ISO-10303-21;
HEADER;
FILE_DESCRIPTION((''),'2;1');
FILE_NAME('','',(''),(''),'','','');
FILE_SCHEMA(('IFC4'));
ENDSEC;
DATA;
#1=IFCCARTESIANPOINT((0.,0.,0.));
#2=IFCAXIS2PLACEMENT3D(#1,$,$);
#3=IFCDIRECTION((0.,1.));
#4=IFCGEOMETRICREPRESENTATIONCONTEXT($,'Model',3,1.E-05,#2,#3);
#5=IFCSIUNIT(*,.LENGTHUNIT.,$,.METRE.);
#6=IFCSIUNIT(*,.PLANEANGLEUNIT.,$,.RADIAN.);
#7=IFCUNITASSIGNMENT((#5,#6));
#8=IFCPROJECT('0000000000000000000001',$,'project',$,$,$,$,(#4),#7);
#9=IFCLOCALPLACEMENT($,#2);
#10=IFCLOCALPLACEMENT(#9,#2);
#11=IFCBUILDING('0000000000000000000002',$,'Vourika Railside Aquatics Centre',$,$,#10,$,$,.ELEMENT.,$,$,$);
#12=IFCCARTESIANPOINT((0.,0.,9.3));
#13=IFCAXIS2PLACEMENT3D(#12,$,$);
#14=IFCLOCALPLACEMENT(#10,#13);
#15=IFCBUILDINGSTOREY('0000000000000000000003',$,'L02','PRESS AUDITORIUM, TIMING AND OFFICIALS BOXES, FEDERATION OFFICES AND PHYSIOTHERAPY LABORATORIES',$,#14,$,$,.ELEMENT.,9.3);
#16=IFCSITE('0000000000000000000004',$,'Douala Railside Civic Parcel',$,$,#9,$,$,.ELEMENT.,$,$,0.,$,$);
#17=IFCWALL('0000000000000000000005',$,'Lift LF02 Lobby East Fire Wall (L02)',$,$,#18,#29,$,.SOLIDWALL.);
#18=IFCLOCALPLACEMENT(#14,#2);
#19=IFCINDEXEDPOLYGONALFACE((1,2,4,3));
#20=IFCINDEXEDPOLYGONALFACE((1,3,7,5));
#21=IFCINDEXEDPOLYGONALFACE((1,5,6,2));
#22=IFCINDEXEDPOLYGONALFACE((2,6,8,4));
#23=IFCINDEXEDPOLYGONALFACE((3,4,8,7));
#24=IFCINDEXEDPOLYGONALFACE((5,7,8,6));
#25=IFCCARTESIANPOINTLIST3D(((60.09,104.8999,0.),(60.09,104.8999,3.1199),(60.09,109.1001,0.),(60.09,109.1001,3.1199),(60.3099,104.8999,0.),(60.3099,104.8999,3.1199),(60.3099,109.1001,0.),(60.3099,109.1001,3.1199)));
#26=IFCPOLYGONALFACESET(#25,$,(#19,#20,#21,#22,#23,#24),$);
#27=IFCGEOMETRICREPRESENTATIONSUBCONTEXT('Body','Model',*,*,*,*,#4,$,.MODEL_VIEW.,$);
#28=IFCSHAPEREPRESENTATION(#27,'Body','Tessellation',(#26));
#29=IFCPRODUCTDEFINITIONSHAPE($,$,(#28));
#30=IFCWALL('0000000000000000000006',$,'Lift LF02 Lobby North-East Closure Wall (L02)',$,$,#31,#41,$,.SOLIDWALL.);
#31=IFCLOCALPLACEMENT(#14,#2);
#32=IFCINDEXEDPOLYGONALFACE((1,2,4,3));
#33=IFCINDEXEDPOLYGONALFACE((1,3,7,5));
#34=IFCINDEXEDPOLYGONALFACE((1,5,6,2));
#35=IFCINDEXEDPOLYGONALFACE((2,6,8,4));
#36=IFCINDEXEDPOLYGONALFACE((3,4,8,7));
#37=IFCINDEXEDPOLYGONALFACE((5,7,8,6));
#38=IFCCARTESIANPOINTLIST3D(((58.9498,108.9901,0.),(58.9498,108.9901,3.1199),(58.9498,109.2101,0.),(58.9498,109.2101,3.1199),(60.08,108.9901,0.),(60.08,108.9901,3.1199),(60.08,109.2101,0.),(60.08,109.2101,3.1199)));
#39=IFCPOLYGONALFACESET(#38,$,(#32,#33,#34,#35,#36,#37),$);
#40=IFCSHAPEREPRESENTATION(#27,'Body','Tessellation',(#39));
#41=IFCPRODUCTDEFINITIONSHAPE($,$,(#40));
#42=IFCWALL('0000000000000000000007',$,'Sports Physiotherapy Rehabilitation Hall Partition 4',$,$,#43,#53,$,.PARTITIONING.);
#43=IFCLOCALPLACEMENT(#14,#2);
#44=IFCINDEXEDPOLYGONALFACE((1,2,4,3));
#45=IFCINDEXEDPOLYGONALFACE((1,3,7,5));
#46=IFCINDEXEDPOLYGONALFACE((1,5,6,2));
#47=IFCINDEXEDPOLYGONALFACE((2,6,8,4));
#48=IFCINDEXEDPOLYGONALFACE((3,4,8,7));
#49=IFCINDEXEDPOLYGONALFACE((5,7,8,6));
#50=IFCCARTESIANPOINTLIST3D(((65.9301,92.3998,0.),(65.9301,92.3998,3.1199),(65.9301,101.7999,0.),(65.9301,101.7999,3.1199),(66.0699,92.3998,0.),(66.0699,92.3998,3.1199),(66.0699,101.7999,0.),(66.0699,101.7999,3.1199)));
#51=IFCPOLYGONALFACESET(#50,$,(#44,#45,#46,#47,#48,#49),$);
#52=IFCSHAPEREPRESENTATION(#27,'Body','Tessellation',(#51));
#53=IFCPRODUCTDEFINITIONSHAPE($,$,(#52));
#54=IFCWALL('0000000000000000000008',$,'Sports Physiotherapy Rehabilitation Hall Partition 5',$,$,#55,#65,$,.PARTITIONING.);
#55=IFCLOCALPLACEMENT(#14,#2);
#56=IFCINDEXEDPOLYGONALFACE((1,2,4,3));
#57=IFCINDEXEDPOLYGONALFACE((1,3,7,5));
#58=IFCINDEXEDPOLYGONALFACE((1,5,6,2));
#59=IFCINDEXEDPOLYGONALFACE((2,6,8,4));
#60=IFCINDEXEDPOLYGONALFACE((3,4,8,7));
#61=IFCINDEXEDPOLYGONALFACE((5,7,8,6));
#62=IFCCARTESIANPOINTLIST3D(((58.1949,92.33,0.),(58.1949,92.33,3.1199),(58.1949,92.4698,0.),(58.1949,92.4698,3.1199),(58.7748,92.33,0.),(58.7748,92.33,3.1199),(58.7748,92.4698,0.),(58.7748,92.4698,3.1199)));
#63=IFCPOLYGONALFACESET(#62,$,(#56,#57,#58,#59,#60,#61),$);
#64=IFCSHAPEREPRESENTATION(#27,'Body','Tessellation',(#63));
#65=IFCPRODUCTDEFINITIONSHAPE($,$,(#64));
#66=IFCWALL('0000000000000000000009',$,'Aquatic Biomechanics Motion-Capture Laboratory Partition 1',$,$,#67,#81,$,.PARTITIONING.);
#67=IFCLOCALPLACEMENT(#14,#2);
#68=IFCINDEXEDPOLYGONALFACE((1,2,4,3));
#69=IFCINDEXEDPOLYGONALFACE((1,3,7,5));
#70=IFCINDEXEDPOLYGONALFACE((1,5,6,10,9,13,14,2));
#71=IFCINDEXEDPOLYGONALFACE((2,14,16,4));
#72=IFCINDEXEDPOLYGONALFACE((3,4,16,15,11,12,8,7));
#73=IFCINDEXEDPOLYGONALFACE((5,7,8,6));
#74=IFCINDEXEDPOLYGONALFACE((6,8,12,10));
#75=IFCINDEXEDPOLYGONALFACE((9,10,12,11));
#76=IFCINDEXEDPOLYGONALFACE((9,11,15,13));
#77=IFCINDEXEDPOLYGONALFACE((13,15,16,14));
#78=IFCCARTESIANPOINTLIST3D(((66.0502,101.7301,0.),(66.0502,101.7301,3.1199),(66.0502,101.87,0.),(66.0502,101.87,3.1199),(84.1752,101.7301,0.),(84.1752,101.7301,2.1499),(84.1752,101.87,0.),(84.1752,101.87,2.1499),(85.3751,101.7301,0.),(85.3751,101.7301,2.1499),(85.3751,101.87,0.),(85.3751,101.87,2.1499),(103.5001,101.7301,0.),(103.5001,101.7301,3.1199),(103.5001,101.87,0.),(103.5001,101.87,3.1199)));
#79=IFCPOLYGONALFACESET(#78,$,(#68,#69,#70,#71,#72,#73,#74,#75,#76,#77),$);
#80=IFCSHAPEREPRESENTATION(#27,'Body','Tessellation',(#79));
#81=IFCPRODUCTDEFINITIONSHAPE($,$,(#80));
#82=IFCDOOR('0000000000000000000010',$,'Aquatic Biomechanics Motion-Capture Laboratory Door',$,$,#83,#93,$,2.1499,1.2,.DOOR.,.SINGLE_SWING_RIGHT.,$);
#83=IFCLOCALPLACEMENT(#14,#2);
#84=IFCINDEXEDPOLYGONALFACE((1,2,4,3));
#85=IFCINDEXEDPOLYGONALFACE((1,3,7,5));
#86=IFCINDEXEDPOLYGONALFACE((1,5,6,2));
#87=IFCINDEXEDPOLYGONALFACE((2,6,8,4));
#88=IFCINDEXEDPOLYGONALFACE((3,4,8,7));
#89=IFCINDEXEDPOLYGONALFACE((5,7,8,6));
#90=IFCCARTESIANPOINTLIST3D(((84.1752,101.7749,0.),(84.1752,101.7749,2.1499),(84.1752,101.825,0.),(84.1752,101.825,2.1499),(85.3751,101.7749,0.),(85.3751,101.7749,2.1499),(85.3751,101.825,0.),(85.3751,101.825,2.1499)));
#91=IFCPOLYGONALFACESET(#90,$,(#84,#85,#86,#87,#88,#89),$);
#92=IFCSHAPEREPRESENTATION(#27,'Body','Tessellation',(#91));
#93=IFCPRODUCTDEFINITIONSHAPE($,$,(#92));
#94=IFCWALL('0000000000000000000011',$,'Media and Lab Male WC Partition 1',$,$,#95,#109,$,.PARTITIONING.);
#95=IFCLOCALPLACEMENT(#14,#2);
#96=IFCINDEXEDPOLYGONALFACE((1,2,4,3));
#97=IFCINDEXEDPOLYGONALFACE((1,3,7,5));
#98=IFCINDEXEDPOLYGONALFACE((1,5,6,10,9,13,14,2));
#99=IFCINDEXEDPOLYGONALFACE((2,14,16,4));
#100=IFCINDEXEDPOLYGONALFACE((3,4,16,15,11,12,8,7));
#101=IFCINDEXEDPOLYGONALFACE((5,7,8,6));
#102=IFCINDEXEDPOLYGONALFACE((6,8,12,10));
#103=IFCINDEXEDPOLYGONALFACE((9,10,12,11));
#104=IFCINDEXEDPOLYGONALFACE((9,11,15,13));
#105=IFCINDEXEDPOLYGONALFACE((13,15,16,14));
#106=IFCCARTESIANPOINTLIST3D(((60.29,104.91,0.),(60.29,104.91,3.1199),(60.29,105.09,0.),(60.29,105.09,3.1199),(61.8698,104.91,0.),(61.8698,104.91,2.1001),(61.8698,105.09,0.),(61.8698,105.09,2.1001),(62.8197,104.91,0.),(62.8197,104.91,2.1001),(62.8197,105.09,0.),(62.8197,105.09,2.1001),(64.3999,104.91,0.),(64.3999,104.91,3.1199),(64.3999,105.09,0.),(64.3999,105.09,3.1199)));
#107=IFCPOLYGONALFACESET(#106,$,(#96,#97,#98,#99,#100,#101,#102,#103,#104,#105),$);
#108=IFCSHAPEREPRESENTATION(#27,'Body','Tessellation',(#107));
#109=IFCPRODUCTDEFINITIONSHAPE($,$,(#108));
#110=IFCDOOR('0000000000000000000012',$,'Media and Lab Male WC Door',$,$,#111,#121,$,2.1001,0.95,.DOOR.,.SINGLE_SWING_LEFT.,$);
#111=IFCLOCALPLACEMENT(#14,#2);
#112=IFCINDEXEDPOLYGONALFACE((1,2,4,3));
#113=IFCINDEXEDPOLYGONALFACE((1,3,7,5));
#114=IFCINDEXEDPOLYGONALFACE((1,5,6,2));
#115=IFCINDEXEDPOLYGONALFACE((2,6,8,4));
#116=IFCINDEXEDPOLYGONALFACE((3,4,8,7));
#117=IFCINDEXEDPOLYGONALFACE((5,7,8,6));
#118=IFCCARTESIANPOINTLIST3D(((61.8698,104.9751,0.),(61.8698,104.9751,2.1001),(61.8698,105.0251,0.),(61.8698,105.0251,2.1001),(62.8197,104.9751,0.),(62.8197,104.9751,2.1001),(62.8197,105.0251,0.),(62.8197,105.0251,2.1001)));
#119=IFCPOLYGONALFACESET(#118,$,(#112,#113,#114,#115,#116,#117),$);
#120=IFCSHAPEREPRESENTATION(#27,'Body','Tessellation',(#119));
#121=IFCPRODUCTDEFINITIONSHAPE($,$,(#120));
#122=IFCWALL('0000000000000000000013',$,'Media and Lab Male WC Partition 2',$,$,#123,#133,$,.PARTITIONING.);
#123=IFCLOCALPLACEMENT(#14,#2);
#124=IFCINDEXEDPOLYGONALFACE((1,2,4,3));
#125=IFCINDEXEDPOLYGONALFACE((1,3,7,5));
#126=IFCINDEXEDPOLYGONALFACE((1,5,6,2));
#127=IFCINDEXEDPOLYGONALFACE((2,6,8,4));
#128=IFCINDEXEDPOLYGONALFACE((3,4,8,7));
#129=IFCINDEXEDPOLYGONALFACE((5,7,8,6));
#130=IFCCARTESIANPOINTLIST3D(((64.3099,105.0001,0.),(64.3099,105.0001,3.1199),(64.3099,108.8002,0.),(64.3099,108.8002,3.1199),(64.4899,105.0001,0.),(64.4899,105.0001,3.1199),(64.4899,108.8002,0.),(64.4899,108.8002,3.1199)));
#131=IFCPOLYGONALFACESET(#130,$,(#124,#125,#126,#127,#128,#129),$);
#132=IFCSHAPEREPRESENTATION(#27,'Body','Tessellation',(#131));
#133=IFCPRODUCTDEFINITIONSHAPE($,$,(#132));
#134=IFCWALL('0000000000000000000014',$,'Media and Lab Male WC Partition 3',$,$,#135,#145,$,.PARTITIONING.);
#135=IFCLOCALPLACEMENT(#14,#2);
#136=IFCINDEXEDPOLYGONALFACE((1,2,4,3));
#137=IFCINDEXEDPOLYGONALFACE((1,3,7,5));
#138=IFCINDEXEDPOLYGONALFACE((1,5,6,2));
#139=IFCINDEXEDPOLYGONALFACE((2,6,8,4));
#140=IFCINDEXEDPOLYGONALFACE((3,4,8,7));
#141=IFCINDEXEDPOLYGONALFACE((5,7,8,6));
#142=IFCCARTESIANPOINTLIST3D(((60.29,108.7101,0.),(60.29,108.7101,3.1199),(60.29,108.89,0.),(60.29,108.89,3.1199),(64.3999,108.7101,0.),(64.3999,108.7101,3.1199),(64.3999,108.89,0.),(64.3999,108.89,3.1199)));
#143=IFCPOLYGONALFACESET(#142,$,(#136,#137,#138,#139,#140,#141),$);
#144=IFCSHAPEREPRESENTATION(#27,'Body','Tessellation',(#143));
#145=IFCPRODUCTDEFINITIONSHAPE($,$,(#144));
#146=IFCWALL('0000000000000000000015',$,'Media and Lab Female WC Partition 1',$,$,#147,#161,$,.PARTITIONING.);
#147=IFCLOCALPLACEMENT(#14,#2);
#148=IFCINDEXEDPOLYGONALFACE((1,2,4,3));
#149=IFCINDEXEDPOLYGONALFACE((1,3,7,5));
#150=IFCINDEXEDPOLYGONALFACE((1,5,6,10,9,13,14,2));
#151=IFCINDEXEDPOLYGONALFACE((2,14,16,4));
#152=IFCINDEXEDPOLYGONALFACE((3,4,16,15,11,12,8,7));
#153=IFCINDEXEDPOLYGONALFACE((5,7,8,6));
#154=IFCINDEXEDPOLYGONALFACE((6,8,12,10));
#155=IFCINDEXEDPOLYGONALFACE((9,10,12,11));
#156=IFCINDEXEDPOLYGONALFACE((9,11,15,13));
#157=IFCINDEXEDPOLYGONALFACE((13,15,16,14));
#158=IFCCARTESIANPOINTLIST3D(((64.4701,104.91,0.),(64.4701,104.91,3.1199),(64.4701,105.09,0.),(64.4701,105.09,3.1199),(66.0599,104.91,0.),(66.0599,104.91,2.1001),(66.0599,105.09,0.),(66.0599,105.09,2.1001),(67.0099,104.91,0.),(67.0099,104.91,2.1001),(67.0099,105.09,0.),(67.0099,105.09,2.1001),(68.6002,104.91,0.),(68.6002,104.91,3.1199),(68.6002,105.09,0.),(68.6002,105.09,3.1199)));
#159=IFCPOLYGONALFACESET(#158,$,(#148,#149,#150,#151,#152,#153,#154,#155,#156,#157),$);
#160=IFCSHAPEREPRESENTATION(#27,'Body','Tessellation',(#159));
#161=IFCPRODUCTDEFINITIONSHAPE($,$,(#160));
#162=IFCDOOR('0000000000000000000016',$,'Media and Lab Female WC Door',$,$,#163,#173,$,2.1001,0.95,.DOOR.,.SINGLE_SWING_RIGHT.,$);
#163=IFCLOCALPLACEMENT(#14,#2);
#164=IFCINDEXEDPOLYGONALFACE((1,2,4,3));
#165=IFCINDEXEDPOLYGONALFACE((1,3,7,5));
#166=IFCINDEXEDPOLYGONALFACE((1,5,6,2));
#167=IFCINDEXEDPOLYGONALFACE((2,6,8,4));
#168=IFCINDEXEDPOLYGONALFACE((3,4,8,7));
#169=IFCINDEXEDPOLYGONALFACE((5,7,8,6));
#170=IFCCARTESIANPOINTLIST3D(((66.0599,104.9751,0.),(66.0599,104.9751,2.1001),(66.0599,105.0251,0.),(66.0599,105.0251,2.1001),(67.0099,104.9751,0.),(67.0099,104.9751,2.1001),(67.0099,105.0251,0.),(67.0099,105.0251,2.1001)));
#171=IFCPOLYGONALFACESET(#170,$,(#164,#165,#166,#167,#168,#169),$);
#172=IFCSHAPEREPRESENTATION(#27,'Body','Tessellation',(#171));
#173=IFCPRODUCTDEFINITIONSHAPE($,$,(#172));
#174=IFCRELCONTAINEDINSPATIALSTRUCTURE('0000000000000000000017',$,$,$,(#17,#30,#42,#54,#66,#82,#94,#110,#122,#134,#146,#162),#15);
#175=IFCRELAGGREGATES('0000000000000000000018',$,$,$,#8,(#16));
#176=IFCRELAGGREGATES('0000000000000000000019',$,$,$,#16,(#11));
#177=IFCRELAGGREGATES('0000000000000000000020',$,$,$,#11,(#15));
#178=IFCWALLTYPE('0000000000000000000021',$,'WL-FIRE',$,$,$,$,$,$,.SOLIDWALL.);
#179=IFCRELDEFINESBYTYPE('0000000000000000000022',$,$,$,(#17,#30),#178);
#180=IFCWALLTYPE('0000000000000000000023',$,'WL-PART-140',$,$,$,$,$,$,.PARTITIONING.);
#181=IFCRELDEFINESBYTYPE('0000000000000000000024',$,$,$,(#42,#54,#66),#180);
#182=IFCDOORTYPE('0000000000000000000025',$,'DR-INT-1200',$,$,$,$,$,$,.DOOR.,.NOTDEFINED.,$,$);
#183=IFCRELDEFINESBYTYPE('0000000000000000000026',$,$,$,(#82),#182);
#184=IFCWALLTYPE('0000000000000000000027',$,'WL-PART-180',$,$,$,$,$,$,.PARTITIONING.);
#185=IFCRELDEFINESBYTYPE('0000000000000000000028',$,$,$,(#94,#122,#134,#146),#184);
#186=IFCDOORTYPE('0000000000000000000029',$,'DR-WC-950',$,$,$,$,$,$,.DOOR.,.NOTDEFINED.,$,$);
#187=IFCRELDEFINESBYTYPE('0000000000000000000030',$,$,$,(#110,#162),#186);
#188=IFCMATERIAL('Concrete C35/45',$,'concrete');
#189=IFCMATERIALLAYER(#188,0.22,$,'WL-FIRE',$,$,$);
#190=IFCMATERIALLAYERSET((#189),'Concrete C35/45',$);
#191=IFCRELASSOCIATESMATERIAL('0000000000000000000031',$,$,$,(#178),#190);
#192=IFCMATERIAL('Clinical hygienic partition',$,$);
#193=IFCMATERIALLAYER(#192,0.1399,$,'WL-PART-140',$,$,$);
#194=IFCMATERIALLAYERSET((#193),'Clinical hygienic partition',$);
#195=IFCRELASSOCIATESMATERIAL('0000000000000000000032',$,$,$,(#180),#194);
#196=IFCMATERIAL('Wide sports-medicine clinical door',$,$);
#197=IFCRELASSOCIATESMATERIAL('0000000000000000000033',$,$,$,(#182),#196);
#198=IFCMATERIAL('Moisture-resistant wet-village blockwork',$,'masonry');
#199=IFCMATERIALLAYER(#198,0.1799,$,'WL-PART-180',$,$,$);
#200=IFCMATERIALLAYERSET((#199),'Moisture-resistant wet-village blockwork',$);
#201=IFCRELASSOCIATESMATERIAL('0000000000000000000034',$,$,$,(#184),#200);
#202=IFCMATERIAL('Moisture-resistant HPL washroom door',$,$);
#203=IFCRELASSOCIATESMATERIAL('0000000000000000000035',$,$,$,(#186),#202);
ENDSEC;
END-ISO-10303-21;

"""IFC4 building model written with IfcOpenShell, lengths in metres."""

from ifc_helpers import new_model, si_unit, direction, frame, frame_2d, origin, place, context, subcontext, project, spatial, rectangle, extrude, material, layer, layer_set, type_object, element, fill, save


model = new_model("IFC4")

# Units and contexts
model_context = context("Model", 3, precision=1e-05, world=origin(), true_north=direction((0.0, 1.0)))
body_context = subcontext(model_context, "Body", "Model", "MODEL_VIEW")
ifc_project = project(units=[si_unit("LENGTHUNIT", "METRE"), si_unit("PLANEANGLEUNIT", "RADIAN")], contexts=[model_context])

# Site, building, storey
site_placement = place(None, origin())
site = spatial("IfcSite", under=ifc_project, at=site_placement, Name="Douala Railside Civic Parcel", CompositionType="ELEMENT", RefElevation=0.0)
building_placement = place(site_placement, origin())
building = spatial("IfcBuilding", under=site, at=building_placement, Name="Vourika Railside Aquatics Centre", CompositionType="ELEMENT")
storey_placement = place(building_placement, frame((0.0, 0.0, 9.3)))
storey = spatial("IfcBuildingStorey", under=building, at=storey_placement, Name="L02", Description="PRESS AUDITORIUM, TIMING AND OFFICIALS BOXES, FEDERATION OFFICES AND PHYSIOTHERAPY LABORATORIES", CompositionType="ELEMENT", Elevation=9.3)

# Shared definitions
ifc_material_1 = material(Name="Concrete C35/45", Category="concrete")

# Walls
ifc_layer_1 = layer(ifc_material_1, 0.22, Name="WL-FIRE")
ifc_layer_set_1 = layer_set([ifc_layer_1], Name="Concrete C35/45")
wall_type_1 = type_object("IfcWallType", Name="WL-FIRE", PredefinedType="SOLIDWALL", material=ifc_layer_set_1)
wall_1_placement = place(storey_placement, frame((60.2, 104.8999, 0.0), z_axis=(0.0, 0.0, 1.0), x_axis=(0.0, 1.0, 0.0)))
element("IfcWall", 1, at=wall_1_placement, inside=storey, type_object=wall_type_1, Name="Lift LF02 Lobby East Fire Wall (L02)", PredefinedType="SOLIDWALL", context=body_context, shape_type="SweptSolid", body=[
    extrude(rectangle(XDim=4.2002, YDim=0.22, at=frame_2d((2.1001, 0.0))), origin(), (0.0, 0.0, 1.0), 3.1199),
])
wall_2_placement = place(storey_placement, frame((58.95, 109.1001, 0.0), z_axis=(0.0, 0.0, 1.0), x_axis=(1.0, 0.0, 0.0)))
element("IfcWall", 2, at=wall_2_placement, inside=storey, type_object=wall_type_1, Name="Lift LF02 Lobby North-East Closure Wall (L02)", PredefinedType="SOLIDWALL", context=body_context, shape_type="SweptSolid", body=[
    extrude(rectangle(XDim=1.1301, YDim=0.22, at=frame_2d((0.5649, 0.0))), origin(), (0.0, 0.0, 1.0), 3.1199),
])
ifc_material_2 = material(Name="Clinical hygienic partition")
ifc_layer_2 = layer(ifc_material_2, 0.1399, Name="WL-PART-140")
ifc_layer_set_2 = layer_set([ifc_layer_2], Name="Clinical hygienic partition")
wall_type_2 = type_object("IfcWallType", Name="WL-PART-140", PredefinedType="PARTITIONING", material=ifc_layer_set_2)
wall_3_placement = place(storey_placement, frame((66.0, 101.8, 0.0), z_axis=(0.0, 0.0, 1.0), x_axis=(0.0, -1.0, 0.0)))
element("IfcWall", 3, at=wall_3_placement, inside=storey, type_object=wall_type_2, Name="Sports Physiotherapy Rehabilitation Hall Partition 4", PredefinedType="PARTITIONING", context=body_context, shape_type="SweptSolid", body=[
    extrude(rectangle(XDim=9.4001, YDim=0.1399, at=frame_2d((4.7002, 0.0))), origin(), (0.0, 0.0, 1.0), 3.1199),
])
wall_4_placement = place(storey_placement, frame((58.7749, 92.3999, 0.0), z_axis=(0.0, 0.0, 1.0), x_axis=(-1.0, 0.0, 0.0)))
element("IfcWall", 4, at=wall_4_placement, inside=storey, type_object=wall_type_2, Name="Sports Physiotherapy Rehabilitation Hall Partition 5", PredefinedType="PARTITIONING", context=body_context, shape_type="SweptSolid", body=[
    extrude(rectangle(XDim=0.5798, YDim=0.1399, at=frame_2d((0.29, 0.0))), origin(), (0.0, 0.0, 1.0), 3.1199),
])

# Walls, openings, doors
wall_5_placement = place(storey_placement, frame((66.05, 101.8, 0.0), z_axis=(0.0, 0.0, 1.0), x_axis=(1.0, 0.0, 0.0)))
wall_5 = element("IfcWall", 5, at=wall_5_placement, inside=storey, type_object=wall_type_2, Name="Aquatic Biomechanics Motion-Capture Laboratory Partition 1", PredefinedType="PARTITIONING", context=body_context, shape_type="SweptSolid", body=[
    extrude(rectangle(XDim=37.45, YDim=0.1399, at=frame_2d((18.7251, 0.0))), origin(), (0.0, 0.0, 1.0), 3.1199),
])
opening_1_placement = place(wall_5_placement, frame((18.125, 0.0, 0.0)))
opening_1 = element("IfcOpeningElement", 6, at=opening_1_placement, cuts=wall_5, PredefinedType="OPENING", context=body_context, shape_type="SweptSolid", body=[
    extrude(rectangle(XDim=1.2, YDim=2.1499, at=frame_2d((0.6001, 1.075))), frame((0.0, 0.0801, 0.0), z_axis=(0.0, -1.0, 0.0), x_axis=(1.0, 0.0, 0.0)), (0.0, 0.0, 1.0), 0.1599),
])
ifc_material_3 = material(Name="Wide sports-medicine clinical door")
door_type_1 = type_object("IfcDoorType", Name="DR-INT-1200", OperationType="NOTDEFINED", PredefinedType="DOOR", material=ifc_material_3)
door_1_placement = place(opening_1_placement, origin())
door_1 = element("IfcDoor", 7, at=door_1_placement, inside=storey, type_object=door_type_1, Name="Aquatic Biomechanics Motion-Capture Laboratory Door", OperationType="SINGLE_SWING_RIGHT", OverallHeight=2.1499, OverallWidth=1.2, PredefinedType="DOOR", context=body_context, shape_type="SweptSolid", body=[
    extrude(rectangle(XDim=1.2, YDim=2.1499, at=frame_2d((0.6001, 1.075))), frame((0.0, 0.0249, 0.0), z_axis=(0.0, -1.0, 0.0), x_axis=(1.0, 0.0, 0.0)), (0.0, 0.0, 1.0), 0.05),
])
fill(opening_1, door_1)
ifc_material_4 = material(Name="Moisture-resistant wet-village blockwork", Category="masonry")
ifc_layer_3 = layer(ifc_material_4, 0.1799, Name="WL-PART-180")
ifc_layer_set_3 = layer_set([ifc_layer_3], Name="Moisture-resistant wet-village blockwork")
wall_type_3 = type_object("IfcWallType", Name="WL-PART-180", PredefinedType="PARTITIONING", material=ifc_layer_set_3)
wall_6_placement = place(storey_placement, frame((64.3999, 105.0, 0.0), z_axis=(0.0, 0.0, 1.0), x_axis=(-1.0, 0.0, 0.0)))
wall_6 = element("IfcWall", 8, at=wall_6_placement, inside=storey, type_object=wall_type_3, Name="Media and Lab Male WC Partition 1", PredefinedType="PARTITIONING", context=body_context, shape_type="SweptSolid", body=[
    extrude(rectangle(XDim=4.1099, YDim=0.1799, at=frame_2d((2.0549, 0.0))), origin(), (0.0, 0.0, 1.0), 3.1199),
])
opening_2_placement = place(wall_6_placement, frame((1.5801, 0.0, 0.0)))
opening_2 = element("IfcOpeningElement", 9, at=opening_2_placement, cuts=wall_6, PredefinedType="OPENING", context=body_context, shape_type="SweptSolid", body=[
    extrude(rectangle(XDim=0.95, YDim=2.1001, at=frame_2d((0.4751, 1.05))), frame((0.0, 0.1001, 0.0), z_axis=(0.0, -1.0, 0.0), x_axis=(1.0, 0.0, 0.0)), (0.0, 0.0, 1.0), 0.2),
])
ifc_material_5 = material(Name="Moisture-resistant HPL washroom door")
door_type_2 = type_object("IfcDoorType", Name="DR-WC-950", OperationType="NOTDEFINED", PredefinedType="DOOR", material=ifc_material_5)
door_2_placement = place(opening_2_placement, origin())
door_2 = element("IfcDoor", 10, at=door_2_placement, inside=storey, type_object=door_type_2, Name="Media and Lab Male WC Door", OperationType="SINGLE_SWING_LEFT", OverallHeight=2.1001, OverallWidth=0.95, PredefinedType="DOOR", context=body_context, shape_type="SweptSolid", body=[
    extrude(rectangle(XDim=0.95, YDim=2.1001, at=frame_2d((0.4751, 1.05))), frame((0.0, 0.0249, 0.0), z_axis=(0.0, -1.0, 0.0), x_axis=(1.0, 0.0, 0.0)), (0.0, 0.0, 1.0), 0.05),
])
fill(opening_2, door_2)

# Walls
wall_7_placement = place(storey_placement, frame((64.3999, 108.8, 0.0), z_axis=(0.0, 0.0, 1.0), x_axis=(0.0, -1.0, 0.0)))
element("IfcWall", 11, at=wall_7_placement, inside=storey, type_object=wall_type_3, Name="Media and Lab Male WC Partition 2", PredefinedType="PARTITIONING", context=body_context, shape_type="SweptSolid", body=[
    extrude(rectangle(XDim=3.8, YDim=0.1799, at=frame_2d((1.8999, 0.0))), origin(), (0.0, 0.0, 1.0), 3.1199),
])
wall_8_placement = place(storey_placement, frame((60.29, 108.8, 0.0), z_axis=(0.0, 0.0, 1.0), x_axis=(1.0, 0.0, 0.0)))
element("IfcWall", 12, at=wall_8_placement, inside=storey, type_object=wall_type_3, Name="Media and Lab Male WC Partition 3", PredefinedType="PARTITIONING", context=body_context, shape_type="SweptSolid", body=[
    extrude(rectangle(XDim=4.1099, YDim=0.1799, at=frame_2d((2.0549, 0.0))), origin(), (0.0, 0.0, 1.0), 3.1199),
])

# Wall, opening, door
wall_9_placement = place(storey_placement, frame((68.6001, 105.0, 0.0), z_axis=(0.0, 0.0, 1.0), x_axis=(-1.0, 0.0, 0.0)))
wall_9 = element("IfcWall", 13, at=wall_9_placement, inside=storey, type_object=wall_type_3, Name="Media and Lab Female WC Partition 1", PredefinedType="PARTITIONING", context=body_context, shape_type="SweptSolid", body=[
    extrude(rectangle(XDim=4.1301, YDim=0.1799, at=frame_2d((2.0649, 0.0))), origin(), (0.0, 0.0, 1.0), 3.1199),
])
opening_3_placement = place(wall_9_placement, frame((1.5901, 0.0, 0.0)))
opening_3 = element("IfcOpeningElement", 14, at=opening_3_placement, cuts=wall_9, PredefinedType="OPENING", context=body_context, shape_type="SweptSolid", body=[
    extrude(rectangle(XDim=0.95, YDim=2.1001, at=frame_2d((0.4751, 1.05))), frame((0.0, 0.1001, 0.0), z_axis=(0.0, -1.0, 0.0), x_axis=(1.0, 0.0, 0.0)), (0.0, 0.0, 1.0), 0.2),
])
door_3_placement = place(opening_3_placement, origin())
door_3 = element("IfcDoor", 15, at=door_3_placement, inside=storey, type_object=door_type_2, Name="Media and Lab Female WC Door", OperationType="SINGLE_SWING_RIGHT", OverallHeight=2.1001, OverallWidth=0.95, PredefinedType="DOOR", context=body_context, shape_type="SweptSolid", body=[
    extrude(rectangle(XDim=0.95, YDim=2.1001, at=frame_2d((0.4751, 1.05))), frame((0.0, 0.0249, 0.0), z_axis=(0.0, -1.0, 0.0), x_axis=(1.0, 0.0, 0.0)), (0.0, 0.0, 1.0), 0.05),
])
fill(opening_3, door_3)

save(model, "model.ifc")
